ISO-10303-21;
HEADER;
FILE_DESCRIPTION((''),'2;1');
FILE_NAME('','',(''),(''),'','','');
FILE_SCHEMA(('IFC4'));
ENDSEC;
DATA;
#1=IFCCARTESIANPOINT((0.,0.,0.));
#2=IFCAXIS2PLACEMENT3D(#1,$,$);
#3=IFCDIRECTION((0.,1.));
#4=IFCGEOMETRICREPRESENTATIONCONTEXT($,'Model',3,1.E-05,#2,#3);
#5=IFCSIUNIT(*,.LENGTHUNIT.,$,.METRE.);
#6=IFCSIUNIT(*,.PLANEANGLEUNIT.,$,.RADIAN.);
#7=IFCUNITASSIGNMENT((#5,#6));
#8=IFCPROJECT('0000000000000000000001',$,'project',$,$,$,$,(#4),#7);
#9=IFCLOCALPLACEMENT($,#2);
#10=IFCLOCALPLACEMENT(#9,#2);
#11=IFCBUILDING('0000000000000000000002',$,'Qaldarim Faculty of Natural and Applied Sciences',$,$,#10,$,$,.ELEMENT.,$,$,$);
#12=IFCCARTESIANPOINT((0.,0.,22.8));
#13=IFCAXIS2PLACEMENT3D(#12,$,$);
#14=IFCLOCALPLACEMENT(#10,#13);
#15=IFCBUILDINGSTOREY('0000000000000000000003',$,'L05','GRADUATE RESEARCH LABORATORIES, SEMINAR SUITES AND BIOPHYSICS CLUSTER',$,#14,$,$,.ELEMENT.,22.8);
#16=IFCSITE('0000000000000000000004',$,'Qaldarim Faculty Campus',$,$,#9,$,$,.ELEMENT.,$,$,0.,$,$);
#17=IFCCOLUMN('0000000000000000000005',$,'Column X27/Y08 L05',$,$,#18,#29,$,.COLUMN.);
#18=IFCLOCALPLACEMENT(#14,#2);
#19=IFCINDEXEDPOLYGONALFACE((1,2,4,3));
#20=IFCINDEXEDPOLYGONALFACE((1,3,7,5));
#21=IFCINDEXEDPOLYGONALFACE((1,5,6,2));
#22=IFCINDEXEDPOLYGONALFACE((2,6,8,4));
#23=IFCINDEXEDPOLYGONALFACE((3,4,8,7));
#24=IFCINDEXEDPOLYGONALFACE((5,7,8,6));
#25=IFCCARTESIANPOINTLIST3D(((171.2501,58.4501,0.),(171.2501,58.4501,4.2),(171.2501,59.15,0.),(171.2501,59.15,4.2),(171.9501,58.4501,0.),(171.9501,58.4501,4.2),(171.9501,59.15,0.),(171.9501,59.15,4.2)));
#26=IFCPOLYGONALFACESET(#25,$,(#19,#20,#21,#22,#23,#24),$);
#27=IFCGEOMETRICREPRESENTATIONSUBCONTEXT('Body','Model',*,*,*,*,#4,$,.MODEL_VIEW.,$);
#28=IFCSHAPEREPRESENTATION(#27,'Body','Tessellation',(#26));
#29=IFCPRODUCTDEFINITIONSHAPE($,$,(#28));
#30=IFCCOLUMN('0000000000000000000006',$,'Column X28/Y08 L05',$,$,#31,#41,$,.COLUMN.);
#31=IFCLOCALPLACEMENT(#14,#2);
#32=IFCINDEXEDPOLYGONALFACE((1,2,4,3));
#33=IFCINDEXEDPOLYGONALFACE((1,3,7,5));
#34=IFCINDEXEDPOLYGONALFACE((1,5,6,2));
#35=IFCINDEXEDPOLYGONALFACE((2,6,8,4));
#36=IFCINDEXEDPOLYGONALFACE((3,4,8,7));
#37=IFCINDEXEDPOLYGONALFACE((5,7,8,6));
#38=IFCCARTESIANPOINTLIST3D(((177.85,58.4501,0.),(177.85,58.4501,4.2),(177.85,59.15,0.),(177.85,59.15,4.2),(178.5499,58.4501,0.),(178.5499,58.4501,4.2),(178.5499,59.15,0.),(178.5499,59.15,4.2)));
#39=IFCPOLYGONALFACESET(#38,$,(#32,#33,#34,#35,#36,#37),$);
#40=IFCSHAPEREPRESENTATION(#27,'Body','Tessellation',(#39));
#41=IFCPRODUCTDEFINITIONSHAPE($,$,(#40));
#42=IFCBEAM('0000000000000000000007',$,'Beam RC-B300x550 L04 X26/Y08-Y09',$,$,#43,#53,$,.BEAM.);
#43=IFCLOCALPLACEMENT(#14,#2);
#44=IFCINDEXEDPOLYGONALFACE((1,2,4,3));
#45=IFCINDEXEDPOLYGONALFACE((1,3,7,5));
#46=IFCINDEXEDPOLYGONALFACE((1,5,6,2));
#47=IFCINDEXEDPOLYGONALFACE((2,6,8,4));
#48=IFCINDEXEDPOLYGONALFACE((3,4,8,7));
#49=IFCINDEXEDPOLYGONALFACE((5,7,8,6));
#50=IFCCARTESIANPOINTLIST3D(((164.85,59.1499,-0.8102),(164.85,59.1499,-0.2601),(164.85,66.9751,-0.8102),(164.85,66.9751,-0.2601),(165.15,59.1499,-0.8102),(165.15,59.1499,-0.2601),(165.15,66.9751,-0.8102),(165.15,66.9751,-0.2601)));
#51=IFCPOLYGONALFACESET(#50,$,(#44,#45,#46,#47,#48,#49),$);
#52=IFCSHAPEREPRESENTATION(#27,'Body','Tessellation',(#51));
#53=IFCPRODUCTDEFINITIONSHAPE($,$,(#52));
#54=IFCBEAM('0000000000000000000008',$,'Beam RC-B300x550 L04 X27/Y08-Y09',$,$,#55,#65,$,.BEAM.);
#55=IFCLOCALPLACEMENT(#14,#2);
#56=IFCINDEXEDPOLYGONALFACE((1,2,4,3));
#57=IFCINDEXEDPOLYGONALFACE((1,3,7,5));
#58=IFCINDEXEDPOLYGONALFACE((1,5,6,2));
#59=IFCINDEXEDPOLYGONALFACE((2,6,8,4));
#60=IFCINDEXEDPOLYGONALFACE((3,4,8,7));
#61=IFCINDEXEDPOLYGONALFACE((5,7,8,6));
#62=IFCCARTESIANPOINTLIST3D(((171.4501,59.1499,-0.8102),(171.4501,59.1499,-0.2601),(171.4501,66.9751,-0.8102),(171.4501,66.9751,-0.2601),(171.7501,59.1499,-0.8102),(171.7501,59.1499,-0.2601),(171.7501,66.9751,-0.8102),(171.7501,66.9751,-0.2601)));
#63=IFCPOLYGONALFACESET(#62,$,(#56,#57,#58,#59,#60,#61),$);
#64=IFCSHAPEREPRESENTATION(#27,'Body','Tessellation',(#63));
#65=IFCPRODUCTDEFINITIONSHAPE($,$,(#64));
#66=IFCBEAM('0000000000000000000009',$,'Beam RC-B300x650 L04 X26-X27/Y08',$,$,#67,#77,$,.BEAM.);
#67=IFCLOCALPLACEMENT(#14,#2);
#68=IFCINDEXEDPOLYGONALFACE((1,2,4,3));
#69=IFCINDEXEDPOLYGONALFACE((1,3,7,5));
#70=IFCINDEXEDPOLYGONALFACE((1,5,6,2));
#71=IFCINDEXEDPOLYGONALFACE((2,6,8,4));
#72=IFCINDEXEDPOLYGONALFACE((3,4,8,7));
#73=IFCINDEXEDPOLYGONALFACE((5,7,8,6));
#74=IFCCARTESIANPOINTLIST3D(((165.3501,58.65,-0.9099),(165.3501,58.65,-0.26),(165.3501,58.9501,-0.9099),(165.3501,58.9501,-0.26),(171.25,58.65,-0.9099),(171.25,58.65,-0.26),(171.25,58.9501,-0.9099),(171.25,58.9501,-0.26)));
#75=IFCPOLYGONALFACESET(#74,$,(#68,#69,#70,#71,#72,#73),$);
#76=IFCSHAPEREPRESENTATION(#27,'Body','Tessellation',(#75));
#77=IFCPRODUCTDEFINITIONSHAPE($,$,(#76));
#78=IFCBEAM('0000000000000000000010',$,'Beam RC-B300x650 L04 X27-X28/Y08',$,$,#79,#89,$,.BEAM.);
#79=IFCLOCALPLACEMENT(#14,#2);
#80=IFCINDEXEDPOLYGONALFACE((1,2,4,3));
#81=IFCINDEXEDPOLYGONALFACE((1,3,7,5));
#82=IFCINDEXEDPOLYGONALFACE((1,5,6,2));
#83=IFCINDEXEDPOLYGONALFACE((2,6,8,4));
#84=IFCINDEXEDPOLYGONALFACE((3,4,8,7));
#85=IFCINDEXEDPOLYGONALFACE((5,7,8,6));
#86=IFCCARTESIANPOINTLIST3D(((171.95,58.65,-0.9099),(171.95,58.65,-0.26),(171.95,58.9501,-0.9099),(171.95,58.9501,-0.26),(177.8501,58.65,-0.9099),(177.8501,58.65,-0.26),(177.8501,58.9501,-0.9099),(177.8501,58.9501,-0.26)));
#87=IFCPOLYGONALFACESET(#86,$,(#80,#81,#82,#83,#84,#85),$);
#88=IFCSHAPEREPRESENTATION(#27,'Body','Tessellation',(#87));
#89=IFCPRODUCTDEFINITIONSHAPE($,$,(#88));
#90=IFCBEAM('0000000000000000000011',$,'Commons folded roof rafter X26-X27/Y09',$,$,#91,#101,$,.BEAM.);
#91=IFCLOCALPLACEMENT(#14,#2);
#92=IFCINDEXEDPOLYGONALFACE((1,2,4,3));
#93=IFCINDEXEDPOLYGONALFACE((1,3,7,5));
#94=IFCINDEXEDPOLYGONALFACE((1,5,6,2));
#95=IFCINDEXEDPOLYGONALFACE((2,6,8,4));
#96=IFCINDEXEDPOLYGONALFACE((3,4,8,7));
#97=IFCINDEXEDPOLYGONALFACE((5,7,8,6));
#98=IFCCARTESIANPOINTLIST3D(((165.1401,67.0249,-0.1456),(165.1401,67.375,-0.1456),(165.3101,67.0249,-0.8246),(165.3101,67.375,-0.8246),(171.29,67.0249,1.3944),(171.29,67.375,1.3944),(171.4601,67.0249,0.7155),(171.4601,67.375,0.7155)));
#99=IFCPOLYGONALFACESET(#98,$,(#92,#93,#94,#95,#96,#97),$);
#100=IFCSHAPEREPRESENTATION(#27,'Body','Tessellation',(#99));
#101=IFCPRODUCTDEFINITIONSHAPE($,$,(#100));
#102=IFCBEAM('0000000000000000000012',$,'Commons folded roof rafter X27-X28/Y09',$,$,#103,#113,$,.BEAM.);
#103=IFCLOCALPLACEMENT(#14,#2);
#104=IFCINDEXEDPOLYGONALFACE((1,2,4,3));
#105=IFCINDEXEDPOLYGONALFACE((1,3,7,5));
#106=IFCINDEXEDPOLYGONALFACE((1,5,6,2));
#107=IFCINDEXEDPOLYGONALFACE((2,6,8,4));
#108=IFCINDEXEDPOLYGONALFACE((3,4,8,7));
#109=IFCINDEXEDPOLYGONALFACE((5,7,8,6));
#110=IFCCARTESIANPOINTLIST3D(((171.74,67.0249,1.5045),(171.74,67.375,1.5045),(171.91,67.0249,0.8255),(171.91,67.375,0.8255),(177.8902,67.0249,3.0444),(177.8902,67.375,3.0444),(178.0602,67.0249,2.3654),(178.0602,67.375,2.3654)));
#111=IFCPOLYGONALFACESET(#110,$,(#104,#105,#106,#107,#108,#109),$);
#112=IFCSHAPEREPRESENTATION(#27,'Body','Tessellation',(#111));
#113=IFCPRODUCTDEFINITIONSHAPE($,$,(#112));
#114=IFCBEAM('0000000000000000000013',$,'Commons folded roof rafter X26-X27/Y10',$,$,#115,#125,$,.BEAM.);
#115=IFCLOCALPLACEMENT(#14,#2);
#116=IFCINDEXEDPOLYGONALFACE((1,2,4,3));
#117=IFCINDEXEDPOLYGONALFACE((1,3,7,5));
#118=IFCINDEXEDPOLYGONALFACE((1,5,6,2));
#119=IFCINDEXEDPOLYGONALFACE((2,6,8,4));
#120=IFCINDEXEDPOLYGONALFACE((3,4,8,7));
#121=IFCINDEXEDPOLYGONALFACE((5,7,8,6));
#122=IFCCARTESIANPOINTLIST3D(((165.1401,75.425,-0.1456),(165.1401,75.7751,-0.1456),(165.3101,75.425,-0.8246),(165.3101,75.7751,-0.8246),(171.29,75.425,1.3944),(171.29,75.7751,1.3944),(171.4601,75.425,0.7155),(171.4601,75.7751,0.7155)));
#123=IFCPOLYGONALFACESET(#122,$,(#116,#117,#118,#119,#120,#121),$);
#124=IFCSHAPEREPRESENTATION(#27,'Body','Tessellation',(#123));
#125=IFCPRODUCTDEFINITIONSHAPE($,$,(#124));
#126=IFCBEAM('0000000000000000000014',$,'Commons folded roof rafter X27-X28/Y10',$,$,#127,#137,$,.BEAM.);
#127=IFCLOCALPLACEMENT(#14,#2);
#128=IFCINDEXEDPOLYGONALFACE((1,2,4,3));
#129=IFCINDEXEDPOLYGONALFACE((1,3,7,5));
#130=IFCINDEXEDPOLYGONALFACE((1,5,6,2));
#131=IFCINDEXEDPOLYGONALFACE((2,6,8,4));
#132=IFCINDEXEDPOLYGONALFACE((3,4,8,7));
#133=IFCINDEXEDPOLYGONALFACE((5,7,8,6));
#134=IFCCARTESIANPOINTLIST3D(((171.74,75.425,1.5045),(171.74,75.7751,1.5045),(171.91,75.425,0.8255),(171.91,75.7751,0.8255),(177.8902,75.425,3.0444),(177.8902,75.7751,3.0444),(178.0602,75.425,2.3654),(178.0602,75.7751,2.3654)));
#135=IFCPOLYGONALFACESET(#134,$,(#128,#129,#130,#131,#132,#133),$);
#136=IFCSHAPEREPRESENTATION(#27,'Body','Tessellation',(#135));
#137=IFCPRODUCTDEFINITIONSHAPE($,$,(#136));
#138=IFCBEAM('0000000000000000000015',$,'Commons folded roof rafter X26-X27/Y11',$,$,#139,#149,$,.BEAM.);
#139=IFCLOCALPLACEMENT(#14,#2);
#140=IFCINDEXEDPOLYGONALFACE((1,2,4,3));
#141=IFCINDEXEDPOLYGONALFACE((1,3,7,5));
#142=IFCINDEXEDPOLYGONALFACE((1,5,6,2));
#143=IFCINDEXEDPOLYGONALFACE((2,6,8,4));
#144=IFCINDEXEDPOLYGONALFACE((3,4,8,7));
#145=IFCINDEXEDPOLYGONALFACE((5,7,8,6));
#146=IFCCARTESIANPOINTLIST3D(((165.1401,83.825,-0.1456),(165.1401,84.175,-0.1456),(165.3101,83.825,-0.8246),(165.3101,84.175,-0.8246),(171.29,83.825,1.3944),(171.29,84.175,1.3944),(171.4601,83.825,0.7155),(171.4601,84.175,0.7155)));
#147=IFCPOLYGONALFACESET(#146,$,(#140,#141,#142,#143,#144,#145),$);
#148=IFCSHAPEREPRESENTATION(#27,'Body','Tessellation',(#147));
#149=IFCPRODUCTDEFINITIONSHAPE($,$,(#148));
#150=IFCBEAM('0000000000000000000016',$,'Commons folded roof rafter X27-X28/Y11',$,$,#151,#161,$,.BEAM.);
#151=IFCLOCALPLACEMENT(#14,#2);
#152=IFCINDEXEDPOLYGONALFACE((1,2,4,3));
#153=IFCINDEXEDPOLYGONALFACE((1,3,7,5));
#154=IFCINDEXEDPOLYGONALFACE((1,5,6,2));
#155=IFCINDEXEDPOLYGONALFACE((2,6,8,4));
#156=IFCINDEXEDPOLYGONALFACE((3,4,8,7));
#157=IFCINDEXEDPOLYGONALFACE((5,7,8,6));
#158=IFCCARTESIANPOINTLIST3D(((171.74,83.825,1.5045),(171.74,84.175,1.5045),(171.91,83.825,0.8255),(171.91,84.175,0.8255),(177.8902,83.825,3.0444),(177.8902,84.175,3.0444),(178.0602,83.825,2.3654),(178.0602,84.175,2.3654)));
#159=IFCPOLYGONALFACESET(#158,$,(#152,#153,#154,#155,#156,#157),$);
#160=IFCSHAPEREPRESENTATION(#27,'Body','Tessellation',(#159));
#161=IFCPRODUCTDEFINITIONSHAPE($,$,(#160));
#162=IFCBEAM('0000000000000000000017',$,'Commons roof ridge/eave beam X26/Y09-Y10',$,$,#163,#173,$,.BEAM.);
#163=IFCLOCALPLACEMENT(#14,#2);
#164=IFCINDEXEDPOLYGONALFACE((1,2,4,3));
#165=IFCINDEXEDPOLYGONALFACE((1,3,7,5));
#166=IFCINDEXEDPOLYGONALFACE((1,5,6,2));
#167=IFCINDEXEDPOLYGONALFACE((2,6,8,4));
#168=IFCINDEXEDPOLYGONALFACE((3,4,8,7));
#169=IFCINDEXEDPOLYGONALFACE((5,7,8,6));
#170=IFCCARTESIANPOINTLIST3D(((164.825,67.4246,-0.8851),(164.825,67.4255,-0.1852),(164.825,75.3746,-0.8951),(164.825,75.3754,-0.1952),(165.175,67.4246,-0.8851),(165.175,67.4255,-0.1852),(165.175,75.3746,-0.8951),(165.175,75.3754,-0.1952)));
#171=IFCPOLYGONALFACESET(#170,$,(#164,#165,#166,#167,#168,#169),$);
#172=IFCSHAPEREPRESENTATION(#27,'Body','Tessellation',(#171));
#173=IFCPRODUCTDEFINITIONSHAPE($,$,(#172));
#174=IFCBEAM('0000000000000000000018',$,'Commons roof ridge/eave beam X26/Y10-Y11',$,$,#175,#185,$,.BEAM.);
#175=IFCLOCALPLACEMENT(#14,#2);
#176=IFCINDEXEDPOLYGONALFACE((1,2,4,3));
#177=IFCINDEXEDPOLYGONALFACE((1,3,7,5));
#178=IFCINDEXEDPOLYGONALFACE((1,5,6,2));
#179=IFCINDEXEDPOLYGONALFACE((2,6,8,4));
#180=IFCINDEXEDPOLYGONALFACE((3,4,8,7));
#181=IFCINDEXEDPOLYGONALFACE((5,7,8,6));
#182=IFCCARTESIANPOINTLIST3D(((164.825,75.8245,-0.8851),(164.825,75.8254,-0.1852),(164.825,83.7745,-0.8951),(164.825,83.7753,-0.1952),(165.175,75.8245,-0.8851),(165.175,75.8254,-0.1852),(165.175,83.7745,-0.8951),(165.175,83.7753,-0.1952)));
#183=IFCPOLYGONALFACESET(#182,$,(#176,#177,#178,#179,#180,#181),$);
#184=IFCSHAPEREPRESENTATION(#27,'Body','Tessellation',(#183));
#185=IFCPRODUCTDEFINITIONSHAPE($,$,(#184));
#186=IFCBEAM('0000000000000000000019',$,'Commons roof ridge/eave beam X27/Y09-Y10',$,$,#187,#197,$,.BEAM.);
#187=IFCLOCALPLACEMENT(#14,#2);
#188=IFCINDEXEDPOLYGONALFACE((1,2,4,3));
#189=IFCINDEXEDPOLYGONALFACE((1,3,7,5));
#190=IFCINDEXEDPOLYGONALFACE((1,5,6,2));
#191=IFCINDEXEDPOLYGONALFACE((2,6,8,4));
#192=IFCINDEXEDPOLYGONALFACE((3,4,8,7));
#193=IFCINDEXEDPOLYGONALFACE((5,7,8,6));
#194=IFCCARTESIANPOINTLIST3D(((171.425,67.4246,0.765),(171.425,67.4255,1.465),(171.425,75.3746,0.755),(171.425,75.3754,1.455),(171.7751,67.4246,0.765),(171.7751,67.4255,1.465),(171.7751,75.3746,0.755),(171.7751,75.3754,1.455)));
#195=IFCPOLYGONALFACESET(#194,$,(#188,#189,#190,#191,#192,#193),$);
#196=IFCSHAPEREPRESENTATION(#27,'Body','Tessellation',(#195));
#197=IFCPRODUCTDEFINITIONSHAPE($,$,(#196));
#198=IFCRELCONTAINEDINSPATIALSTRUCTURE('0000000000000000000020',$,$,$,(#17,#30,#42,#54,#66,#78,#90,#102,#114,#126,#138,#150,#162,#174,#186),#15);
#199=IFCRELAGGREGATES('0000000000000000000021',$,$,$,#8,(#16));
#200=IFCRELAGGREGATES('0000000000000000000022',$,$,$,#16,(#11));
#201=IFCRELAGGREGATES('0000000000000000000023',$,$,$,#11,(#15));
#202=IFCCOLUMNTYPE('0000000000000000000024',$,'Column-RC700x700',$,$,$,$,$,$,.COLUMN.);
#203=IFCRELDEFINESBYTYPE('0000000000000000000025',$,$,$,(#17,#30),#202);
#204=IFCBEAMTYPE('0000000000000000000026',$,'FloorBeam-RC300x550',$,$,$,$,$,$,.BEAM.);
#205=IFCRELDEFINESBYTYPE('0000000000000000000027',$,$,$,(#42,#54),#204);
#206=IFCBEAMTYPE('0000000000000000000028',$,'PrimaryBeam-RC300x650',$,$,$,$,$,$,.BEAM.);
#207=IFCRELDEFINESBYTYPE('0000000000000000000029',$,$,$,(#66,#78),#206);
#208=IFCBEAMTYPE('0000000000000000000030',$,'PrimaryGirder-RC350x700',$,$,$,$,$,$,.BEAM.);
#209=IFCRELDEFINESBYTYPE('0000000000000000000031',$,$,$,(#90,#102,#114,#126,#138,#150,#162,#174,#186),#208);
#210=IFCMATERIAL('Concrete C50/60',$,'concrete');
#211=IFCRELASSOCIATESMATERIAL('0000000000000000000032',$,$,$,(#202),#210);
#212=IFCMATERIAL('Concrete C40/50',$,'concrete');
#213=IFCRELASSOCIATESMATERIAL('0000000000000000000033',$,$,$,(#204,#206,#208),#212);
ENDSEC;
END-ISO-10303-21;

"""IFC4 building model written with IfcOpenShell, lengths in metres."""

from ifc_helpers import new_model, si_unit, direction, frame, origin, origin_2d, place, context, subcontext, project, spatial, rectangle, extrude, material, material_profile, profile_set, type_object, element, save


model = new_model("IFC4")

# Units and contexts
model_context = context("Model", 3, precision=1e-05, world=origin(), true_north=direction((0.0, 1.0)))
body_context = subcontext(model_context, "Body", "Model", "MODEL_VIEW")
ifc_project = project(units=[si_unit("LENGTHUNIT", "METRE"), si_unit("PLANEANGLEUNIT", "RADIAN")], contexts=[model_context])

# Site, building, storey
site_placement = place(None, origin())
site = spatial("IfcSite", under=ifc_project, at=site_placement, Name="Qaldarim Faculty Campus", CompositionType="ELEMENT", RefElevation=0.0)
building_placement = place(site_placement, origin())
building = spatial("IfcBuilding", under=site, at=building_placement, Name="Qaldarim Faculty of Natural and Applied Sciences", CompositionType="ELEMENT")
storey_placement = place(building_placement, frame((0.0, 0.0, 22.8)))
storey = spatial("IfcBuildingStorey", under=building, at=storey_placement, Name="L05", Description="GRADUATE RESEARCH LABORATORIES, SEMINAR SUITES AND BIOPHYSICS CLUSTER", CompositionType="ELEMENT", Elevation=22.8)

# Columns
ifc_material_1 = material(Name="Concrete C50/60", Category="concrete")
ifc_material_profile_1 = material_profile(ifc_material_1, rectangle(XDim=0.7, YDim=0.7, at=origin_2d()), Name="RC-C700x700")
ifc_profile_set_1 = profile_set([ifc_material_profile_1], Name="Concrete C50/60")
column_type = type_object("IfcColumnType", Name="Column-RC700x700", PredefinedType="COLUMN", material=ifc_profile_set_1)
for number, where, z_axis, x_axis, name in (
    (1, (171.6001, 58.8, 0.0), (0.0, 0.0, 1.0), (1.0, 0.0, 0.0), "Column X27/Y08 L05"),
    (2, (178.2, 58.8, 0.0), (0.0, 0.0, 1.0), (1.0, 0.0, 0.0), "Column X28/Y08 L05"),
):
    element("IfcColumn", number, at=place(storey_placement, frame(where, z_axis=z_axis, x_axis=x_axis)), inside=storey, type_object=column_type, Name=name, PredefinedType="COLUMN", context=body_context, shape_type="SweptSolid", body=[
        extrude(rectangle(XDim=0.7, YDim=0.7, at=origin_2d()), origin(), (0.0, 0.0, 1.0), 4.2),
    ])

# Beams
ifc_material_2 = material(Name="Concrete C40/50", Category="concrete")
ifc_material_profile_2 = material_profile(ifc_material_2, rectangle(XDim=0.3, YDim=0.55, at=origin_2d()), Name="RC-B300x550")
ifc_profile_set_2 = profile_set([ifc_material_profile_2], Name="Concrete C40/50")
beam_type_1 = type_object("IfcBeamType", Name="FloorBeam-RC300x550", PredefinedType="BEAM", material=ifc_profile_set_2)
for number, where, z_axis, x_axis, name in (
    (3, (165.0, 59.1499, -0.5352), (0.0, 1.0, 0.0), (-1.0, 0.0, 0.0), "Beam RC-B300x550 L04 X26/Y08-Y09"),
    (4, (171.6001, 59.1499, -0.5352), (0.0, 1.0, 0.0), (-1.0, 0.0, 0.0), "Beam RC-B300x550 L04 X27/Y08-Y09"),
):
    element("IfcBeam", number, at=place(storey_placement, frame(where, z_axis=z_axis, x_axis=x_axis)), inside=storey, type_object=beam_type_1, Name=name, PredefinedType="BEAM", context=body_context, shape_type="SweptSolid", body=[
        extrude(rectangle(XDim=0.3, YDim=0.55, at=origin_2d()), origin(), (0.0, 0.0, 1.0), 7.8252),
    ])
ifc_material_profile_3 = material_profile(ifc_material_2, rectangle(XDim=0.3, YDim=0.6499, at=origin_2d()), Name="RC-B300x650")
ifc_profile_set_3 = profile_set([ifc_material_profile_3], Name="Concrete C40/50")
beam_type_2 = type_object("IfcBeamType", Name="PrimaryBeam-RC300x650", PredefinedType="BEAM", material=ifc_profile_set_3)
beam_1_placement = place(storey_placement, frame((165.3501, 58.8, -0.585), z_axis=(1.0, 0.0, 0.0), x_axis=(0.0, 1.0, 0.0)))
element("IfcBeam", 5, at=beam_1_placement, inside=storey, type_object=beam_type_2, Name="Beam RC-B300x650 L04 X26-X27/Y08", PredefinedType="BEAM", context=body_context, shape_type="SweptSolid", body=[
    extrude(rectangle(XDim=0.3, YDim=0.6499, at=origin_2d()), origin(), (0.0, 0.0, 1.0), 5.8999),
])
beam_2_placement = place(storey_placement, frame((171.95, 58.8, -0.585), z_axis=(1.0, 0.0, 0.0), x_axis=(0.0, 1.0, 0.0)))
element("IfcBeam", 6, at=beam_2_placement, inside=storey, type_object=beam_type_2, Name="Beam RC-B300x650 L04 X27-X28/Y08", PredefinedType="BEAM", context=body_context, shape_type="SweptSolid", body=[
    extrude(rectangle(XDim=0.3, YDim=0.6499, at=origin_2d()), origin(), (0.0, 0.0, 1.0), 5.9001),
])
ifc_material_profile_4 = material_profile(ifc_material_2, rectangle(XDim=0.3501, YDim=0.7, at=origin_2d()), Name="RC-B350x700")
ifc_profile_set_4 = profile_set([ifc_material_profile_4], Name="Concrete C40/50")
beam_type_3 = type_object("IfcBeamType", Name="PrimaryGirder-RC350x700", PredefinedType="BEAM", material=ifc_profile_set_4)
beam_3_placement = place(storey_placement, frame((165.2251, 67.2, -0.4851), z_axis=(0.970047, 0.0, 0.242916), x_axis=(0.0, 1.0, 0.0)))
element("IfcBeam", 7, at=beam_3_placement, inside=storey, type_object=beam_type_3, Name="Commons folded roof rafter X26-X27/Y09", PredefinedType="BEAM", context=body_context, shape_type="SweptSolid", body=[
    extrude(rectangle(XDim=0.3501, YDim=0.7, at=origin_2d()), origin(), (0.0, 0.0, 1.0), 6.3398),
])
beam_4_placement = place(storey_placement, frame((171.825, 67.2, 1.165), z_axis=(0.970059, 0.0, 0.242871), x_axis=(0.0, 1.0, 0.0)))
element("IfcBeam", 8, at=beam_4_placement, inside=storey, type_object=beam_type_3, Name="Commons folded roof rafter X27-X28/Y09", PredefinedType="BEAM", context=body_context, shape_type="SweptSolid", body=[
    extrude(rectangle(XDim=0.3501, YDim=0.7, at=origin_2d()), origin(), (0.0, 0.0, 1.0), 6.3401),
])
beam_5_placement = place(storey_placement, frame((165.2251, 75.6001, -0.4851), z_axis=(0.970047, 0.0, 0.242916), x_axis=(0.0, 1.0, 0.0)))
element("IfcBeam", 9, at=beam_5_placement, inside=storey, type_object=beam_type_3, Name="Commons folded roof rafter X26-X27/Y10", PredefinedType="BEAM", context=body_context, shape_type="SweptSolid", body=[
    extrude(rectangle(XDim=0.3501, YDim=0.7, at=origin_2d()), origin(), (0.0, 0.0, 1.0), 6.3398),
])
beam_6_placement = place(storey_placement, frame((171.825, 75.6001, 1.165), z_axis=(0.970059, 0.0, 0.242871), x_axis=(0.0, 1.0, 0.0)))
element("IfcBeam", 10, at=beam_6_placement, inside=storey, type_object=beam_type_3, Name="Commons folded roof rafter X27-X28/Y10", PredefinedType="BEAM", context=body_context, shape_type="SweptSolid", body=[
    extrude(rectangle(XDim=0.3501, YDim=0.7, at=origin_2d()), origin(), (0.0, 0.0, 1.0), 6.3401),
])
beam_7_placement = place(storey_placement, frame((165.2251, 84.0, -0.4851), z_axis=(0.970047, 0.0, 0.242916), x_axis=(0.0, 1.0, 0.0)))
element("IfcBeam", 11, at=beam_7_placement, inside=storey, type_object=beam_type_3, Name="Commons folded roof rafter X26-X27/Y11", PredefinedType="BEAM", context=body_context, shape_type="SweptSolid", body=[
    extrude(rectangle(XDim=0.3501, YDim=0.7, at=origin_2d()), origin(), (0.0, 0.0, 1.0), 6.3398),
])
beam_8_placement = place(storey_placement, frame((171.825, 84.0, 1.165), z_axis=(0.970059, 0.0, 0.242871), x_axis=(0.0, 1.0, 0.0)))
element("IfcBeam", 12, at=beam_8_placement, inside=storey, type_object=beam_type_3, Name="Commons folded roof rafter X27-X28/Y11", PredefinedType="BEAM", context=body_context, shape_type="SweptSolid", body=[
    extrude(rectangle(XDim=0.3501, YDim=0.7, at=origin_2d()), origin(), (0.0, 0.0, 1.0), 6.3401),
])
for number, where, z_axis, x_axis, name in (
    (13, (165.0, 67.425, -0.5352), (0.0, 0.999999, -0.001259), (-1.0, 0.0, 0.0), "Commons roof ridge/eave beam X26/Y09-Y10"),
    (14, (165.0, 75.825, -0.5352), (0.0, 0.999999, -0.001259), (-1.0, 0.0, 0.0), "Commons roof ridge/eave beam X26/Y10-Y11"),
    (15, (171.6001, 67.425, 1.115), (0.0, 0.999999, -0.001259), (-1.0, 0.0, 0.0), "Commons roof ridge/eave beam X27/Y09-Y10"),
):
    element("IfcBeam", number, at=place(storey_placement, frame(where, z_axis=z_axis, x_axis=x_axis)), inside=storey, type_object=beam_type_3, Name=name, PredefinedType="BEAM", context=body_context, shape_type="SweptSolid", body=[
        extrude(rectangle(XDim=0.3501, YDim=0.7, at=origin_2d()), origin(), (0.0, 0.0, 1.0), 7.95),
    ])

save(model, "model.ifc")
